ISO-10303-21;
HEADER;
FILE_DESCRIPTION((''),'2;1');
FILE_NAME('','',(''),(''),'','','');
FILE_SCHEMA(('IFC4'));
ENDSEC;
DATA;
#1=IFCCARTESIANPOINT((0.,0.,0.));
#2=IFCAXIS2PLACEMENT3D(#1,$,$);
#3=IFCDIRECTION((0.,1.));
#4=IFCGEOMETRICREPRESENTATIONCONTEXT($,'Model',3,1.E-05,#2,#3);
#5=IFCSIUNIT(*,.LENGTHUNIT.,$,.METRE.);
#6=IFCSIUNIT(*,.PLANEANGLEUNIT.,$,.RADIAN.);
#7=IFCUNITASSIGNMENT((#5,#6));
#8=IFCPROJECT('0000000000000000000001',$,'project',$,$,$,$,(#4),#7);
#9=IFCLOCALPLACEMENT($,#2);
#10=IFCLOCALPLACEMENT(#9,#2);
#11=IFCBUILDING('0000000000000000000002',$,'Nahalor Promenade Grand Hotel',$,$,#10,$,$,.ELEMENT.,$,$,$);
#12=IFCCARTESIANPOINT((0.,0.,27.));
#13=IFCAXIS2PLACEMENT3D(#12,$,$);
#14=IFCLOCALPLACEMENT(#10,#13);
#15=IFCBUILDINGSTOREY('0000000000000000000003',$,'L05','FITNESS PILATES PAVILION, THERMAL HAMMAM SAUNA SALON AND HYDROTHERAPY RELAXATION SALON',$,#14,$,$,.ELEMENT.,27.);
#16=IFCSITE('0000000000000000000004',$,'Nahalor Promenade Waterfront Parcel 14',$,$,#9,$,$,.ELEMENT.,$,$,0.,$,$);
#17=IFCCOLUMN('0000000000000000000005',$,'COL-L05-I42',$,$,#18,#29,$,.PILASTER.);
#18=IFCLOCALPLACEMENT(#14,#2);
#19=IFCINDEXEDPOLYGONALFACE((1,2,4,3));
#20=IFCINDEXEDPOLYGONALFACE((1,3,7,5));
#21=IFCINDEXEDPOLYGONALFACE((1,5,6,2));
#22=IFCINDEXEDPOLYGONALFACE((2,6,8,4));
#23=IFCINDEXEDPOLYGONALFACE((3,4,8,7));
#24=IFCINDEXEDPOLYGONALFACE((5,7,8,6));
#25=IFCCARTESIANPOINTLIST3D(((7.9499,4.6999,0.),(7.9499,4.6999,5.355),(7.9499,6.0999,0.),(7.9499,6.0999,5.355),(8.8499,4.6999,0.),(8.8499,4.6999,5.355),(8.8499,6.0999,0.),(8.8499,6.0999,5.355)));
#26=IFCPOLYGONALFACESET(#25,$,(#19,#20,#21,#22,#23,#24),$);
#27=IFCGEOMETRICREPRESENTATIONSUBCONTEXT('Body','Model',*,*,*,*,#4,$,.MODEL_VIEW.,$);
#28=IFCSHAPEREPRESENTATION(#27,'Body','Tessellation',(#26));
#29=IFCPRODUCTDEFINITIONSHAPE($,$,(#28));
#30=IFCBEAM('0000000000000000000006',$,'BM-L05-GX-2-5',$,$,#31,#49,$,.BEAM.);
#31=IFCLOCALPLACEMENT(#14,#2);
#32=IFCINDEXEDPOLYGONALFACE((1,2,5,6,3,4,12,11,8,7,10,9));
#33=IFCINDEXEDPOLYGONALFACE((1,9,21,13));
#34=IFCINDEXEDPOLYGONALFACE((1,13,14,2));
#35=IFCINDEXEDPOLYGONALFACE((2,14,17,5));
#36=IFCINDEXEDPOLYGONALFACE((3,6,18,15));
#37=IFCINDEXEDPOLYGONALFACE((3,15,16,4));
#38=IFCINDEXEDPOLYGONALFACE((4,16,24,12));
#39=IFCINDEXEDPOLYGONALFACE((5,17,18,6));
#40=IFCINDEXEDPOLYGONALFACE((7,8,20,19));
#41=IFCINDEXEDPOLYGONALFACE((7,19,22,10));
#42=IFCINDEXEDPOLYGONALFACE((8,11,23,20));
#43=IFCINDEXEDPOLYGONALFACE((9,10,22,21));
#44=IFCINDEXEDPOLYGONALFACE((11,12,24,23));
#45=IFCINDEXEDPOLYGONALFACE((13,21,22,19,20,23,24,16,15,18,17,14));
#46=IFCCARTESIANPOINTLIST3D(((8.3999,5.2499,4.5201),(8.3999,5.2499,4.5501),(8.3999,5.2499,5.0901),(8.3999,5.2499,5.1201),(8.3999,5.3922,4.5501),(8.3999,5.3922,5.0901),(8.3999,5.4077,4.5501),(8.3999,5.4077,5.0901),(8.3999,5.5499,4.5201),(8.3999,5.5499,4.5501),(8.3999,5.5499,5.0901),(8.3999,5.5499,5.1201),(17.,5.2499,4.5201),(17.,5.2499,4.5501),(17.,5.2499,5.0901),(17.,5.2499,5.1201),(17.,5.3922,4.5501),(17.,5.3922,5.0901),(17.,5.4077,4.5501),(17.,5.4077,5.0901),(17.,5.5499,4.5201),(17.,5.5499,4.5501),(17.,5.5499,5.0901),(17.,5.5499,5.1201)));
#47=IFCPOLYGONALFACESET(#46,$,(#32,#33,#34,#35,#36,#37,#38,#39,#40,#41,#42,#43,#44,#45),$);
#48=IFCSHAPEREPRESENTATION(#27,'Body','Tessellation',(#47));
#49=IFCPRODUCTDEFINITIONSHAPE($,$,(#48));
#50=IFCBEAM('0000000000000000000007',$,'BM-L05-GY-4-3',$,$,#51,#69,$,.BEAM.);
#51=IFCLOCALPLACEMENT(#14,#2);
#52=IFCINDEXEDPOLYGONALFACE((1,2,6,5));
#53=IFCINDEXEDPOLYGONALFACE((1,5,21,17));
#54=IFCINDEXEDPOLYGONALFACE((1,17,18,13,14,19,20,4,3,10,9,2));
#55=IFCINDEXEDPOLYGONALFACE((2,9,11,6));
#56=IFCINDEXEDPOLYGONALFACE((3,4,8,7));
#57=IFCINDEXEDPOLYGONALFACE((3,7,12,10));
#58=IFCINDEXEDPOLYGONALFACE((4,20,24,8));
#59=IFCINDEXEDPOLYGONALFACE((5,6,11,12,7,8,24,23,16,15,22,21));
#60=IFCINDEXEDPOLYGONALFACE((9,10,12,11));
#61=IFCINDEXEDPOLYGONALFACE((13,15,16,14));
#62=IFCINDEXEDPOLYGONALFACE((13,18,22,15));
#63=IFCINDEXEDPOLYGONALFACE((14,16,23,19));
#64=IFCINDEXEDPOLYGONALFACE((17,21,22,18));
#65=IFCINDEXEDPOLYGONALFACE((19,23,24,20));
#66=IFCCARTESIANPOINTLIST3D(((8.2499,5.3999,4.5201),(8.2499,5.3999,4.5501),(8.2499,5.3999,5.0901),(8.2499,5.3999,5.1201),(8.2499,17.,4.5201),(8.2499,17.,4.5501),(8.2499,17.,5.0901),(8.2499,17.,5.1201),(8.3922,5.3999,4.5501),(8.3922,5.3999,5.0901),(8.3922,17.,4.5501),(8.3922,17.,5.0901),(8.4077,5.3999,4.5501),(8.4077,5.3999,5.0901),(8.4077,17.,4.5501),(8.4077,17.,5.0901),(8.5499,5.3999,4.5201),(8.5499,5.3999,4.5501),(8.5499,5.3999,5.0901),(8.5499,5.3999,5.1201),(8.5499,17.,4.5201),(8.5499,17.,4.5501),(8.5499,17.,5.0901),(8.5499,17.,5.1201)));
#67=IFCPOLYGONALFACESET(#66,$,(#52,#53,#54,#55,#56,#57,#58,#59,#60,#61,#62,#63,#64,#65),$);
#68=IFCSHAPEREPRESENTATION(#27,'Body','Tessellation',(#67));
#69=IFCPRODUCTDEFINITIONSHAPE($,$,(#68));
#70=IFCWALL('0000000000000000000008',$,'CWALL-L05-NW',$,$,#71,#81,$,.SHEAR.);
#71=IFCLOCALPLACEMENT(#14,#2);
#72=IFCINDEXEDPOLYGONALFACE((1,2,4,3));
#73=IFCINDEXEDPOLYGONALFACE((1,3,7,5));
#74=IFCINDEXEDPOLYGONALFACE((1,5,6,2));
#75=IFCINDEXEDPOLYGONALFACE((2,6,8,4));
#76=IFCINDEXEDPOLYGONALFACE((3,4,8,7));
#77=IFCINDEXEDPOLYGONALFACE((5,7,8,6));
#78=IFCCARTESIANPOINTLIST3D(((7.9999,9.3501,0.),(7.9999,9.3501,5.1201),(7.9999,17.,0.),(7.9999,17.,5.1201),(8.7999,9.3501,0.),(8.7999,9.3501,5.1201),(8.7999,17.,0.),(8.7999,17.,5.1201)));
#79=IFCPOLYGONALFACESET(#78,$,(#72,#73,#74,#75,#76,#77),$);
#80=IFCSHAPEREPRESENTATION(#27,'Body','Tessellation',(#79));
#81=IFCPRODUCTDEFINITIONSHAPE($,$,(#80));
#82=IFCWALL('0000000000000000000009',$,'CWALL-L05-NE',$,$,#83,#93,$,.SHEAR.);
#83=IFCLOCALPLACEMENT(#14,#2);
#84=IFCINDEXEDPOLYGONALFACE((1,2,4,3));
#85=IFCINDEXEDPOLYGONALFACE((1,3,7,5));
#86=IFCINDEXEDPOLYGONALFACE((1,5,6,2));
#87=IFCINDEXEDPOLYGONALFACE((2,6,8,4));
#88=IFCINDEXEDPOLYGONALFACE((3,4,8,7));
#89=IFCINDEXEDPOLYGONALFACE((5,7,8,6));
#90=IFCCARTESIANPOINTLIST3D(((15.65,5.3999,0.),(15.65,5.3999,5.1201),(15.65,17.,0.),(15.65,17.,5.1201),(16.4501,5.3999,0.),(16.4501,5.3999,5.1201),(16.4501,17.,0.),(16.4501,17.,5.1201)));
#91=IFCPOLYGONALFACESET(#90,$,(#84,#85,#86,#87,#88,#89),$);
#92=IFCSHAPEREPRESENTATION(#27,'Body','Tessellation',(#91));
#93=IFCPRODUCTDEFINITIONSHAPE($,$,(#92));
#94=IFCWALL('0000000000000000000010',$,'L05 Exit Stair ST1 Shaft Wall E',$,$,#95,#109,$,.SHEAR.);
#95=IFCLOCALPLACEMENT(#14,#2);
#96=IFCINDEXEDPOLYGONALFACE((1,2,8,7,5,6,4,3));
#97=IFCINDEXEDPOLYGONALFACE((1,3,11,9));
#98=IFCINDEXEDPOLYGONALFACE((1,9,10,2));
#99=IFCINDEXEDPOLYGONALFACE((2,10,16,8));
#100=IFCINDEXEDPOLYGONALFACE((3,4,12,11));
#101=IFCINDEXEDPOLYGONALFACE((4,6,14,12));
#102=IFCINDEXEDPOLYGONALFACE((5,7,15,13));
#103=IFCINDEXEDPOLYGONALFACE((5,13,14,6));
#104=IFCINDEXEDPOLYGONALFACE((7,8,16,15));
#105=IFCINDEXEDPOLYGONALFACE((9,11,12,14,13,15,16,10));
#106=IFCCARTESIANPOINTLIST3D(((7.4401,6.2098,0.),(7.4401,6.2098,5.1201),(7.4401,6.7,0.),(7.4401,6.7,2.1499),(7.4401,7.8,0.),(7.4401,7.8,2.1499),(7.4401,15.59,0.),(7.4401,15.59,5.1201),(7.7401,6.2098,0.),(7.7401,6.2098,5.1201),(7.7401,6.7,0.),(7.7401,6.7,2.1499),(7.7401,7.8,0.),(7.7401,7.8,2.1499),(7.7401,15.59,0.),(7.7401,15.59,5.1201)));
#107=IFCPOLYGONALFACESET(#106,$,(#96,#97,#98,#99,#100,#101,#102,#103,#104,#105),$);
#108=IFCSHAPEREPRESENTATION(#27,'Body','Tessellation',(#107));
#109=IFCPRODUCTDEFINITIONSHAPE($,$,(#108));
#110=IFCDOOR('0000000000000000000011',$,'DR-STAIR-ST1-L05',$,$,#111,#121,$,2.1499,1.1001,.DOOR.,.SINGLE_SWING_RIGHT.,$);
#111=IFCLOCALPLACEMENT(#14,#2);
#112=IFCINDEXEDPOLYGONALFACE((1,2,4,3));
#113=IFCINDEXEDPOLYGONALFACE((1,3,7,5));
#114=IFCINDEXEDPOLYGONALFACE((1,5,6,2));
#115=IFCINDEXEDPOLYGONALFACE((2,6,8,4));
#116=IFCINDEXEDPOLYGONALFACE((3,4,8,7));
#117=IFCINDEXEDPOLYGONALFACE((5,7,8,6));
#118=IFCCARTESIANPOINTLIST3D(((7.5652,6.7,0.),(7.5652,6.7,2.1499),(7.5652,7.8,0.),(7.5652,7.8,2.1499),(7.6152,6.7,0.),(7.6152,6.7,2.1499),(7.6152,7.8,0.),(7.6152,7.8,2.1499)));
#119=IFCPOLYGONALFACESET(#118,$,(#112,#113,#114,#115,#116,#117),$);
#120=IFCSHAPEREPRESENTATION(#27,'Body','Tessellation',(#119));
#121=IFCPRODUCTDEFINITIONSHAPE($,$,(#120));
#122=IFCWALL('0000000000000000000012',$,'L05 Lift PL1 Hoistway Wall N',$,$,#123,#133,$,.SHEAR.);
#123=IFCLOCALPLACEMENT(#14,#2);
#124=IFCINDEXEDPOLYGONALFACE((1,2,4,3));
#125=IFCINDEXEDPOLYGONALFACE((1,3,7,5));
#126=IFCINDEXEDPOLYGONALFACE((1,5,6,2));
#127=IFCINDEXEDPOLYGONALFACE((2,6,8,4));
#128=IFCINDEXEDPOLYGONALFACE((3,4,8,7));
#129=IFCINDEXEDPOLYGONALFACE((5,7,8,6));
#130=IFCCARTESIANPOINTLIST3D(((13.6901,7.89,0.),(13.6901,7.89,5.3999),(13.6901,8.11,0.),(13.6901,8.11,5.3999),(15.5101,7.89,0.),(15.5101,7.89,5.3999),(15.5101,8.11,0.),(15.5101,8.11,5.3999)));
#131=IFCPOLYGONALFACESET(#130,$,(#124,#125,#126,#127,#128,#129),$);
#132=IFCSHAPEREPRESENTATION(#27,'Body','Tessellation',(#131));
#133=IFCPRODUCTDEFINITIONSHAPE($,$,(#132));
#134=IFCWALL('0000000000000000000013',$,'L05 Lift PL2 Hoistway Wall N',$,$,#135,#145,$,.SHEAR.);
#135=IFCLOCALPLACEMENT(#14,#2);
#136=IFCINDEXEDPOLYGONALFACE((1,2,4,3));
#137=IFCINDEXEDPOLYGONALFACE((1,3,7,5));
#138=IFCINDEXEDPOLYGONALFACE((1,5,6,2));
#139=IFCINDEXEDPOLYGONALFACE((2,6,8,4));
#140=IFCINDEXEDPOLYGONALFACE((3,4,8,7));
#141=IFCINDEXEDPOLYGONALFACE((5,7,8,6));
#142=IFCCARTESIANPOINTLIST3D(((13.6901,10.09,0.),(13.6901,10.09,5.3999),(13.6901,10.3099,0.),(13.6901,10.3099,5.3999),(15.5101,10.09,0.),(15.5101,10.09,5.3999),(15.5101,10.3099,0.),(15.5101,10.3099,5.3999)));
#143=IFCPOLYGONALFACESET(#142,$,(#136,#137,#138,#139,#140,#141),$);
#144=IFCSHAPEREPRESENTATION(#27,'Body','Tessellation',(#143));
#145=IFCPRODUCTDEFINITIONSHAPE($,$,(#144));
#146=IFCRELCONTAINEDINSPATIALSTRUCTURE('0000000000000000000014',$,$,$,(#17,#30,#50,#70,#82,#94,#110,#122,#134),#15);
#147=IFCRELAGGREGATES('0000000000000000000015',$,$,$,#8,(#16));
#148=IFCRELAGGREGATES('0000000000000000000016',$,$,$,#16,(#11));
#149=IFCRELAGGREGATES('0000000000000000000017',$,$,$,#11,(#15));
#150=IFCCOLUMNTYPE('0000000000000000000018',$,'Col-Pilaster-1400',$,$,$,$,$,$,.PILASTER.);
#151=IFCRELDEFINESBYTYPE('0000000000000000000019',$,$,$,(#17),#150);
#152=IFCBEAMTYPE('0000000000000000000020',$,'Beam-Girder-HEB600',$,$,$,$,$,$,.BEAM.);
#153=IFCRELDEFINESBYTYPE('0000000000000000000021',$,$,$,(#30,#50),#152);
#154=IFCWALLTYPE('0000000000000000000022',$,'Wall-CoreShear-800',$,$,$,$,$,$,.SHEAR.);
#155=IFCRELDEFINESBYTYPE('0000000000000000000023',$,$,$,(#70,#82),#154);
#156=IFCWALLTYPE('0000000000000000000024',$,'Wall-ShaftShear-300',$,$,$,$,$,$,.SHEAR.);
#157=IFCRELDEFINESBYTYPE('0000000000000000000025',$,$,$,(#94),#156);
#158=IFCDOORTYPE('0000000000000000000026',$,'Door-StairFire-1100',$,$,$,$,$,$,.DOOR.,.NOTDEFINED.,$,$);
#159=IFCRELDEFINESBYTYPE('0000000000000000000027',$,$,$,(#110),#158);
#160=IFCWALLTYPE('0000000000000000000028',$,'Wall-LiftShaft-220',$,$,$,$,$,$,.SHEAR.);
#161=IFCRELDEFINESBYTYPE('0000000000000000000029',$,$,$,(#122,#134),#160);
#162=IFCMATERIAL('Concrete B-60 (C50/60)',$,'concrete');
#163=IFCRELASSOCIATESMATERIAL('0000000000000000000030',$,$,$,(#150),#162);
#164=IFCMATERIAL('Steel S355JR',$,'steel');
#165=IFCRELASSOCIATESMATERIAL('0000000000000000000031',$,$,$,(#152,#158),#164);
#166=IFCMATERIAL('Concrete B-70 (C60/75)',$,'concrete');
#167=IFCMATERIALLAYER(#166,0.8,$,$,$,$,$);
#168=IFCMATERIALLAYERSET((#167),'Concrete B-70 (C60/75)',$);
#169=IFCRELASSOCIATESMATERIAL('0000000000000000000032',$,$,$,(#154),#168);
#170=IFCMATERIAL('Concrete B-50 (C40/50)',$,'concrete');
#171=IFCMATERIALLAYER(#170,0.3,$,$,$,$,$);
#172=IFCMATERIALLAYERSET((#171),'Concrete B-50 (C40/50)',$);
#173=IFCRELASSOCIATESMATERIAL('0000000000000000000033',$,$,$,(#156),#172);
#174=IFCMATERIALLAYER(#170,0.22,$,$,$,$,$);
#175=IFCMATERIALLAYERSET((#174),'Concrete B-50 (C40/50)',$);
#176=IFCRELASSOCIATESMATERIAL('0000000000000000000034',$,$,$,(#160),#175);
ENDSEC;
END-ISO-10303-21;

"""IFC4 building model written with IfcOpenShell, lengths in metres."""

from ifc_helpers import new_model, si_unit, direction, frame, frame_2d, origin, origin_2d, place, context, subcontext, project, spatial, rectangle, i_section, extrude, source, transform, mapped, material, layer, layer_set, material_profile, profile_set, type_object, element, fill, save


model = new_model("IFC4")

# Units and contexts
model_context = context("Model", 3, precision=1e-05, world=origin(), true_north=direction((0.0, 1.0)))
body_context = subcontext(model_context, "Body", "Model", "MODEL_VIEW")
ifc_project = project(units=[si_unit("LENGTHUNIT", "METRE"), si_unit("PLANEANGLEUNIT", "RADIAN")], contexts=[model_context])

# Site, building, storey
site_placement = place(None, origin())
site = spatial("IfcSite", under=ifc_project, at=site_placement, Name="Nahalor Promenade Waterfront Parcel 14", CompositionType="ELEMENT", RefElevation=0.0)
building_placement = place(site_placement, origin())
building = spatial("IfcBuilding", under=site, at=building_placement, Name="Nahalor Promenade Grand Hotel", CompositionType="ELEMENT")
storey_placement = place(building_placement, frame((0.0, 0.0, 27.0)))
storey = spatial("IfcBuildingStorey", under=building, at=storey_placement, Name="L05", Description="FITNESS PILATES PAVILION, THERMAL HAMMAM SAUNA SALON AND HYDROTHERAPY RELAXATION SALON", CompositionType="ELEMENT", Elevation=27.0)

# Column
ifc_material_1 = material(Name="Concrete B-60 (C50/60)", Category="concrete")
ifc_material_profile_1 = material_profile(ifc_material_1, rectangle(XDim=0.9, YDim=1.4, at=origin_2d()), Name="RC 900x1400")
ifc_profile_set_1 = profile_set([ifc_material_profile_1], Name="Concrete B-60 (C50/60)")
column_type = type_object("IfcColumnType", Name="Col-Pilaster-1400", PredefinedType="PILASTER", material=ifc_profile_set_1)
shared_shape_1 = source(origin(), body_context, "Body", "SweptSolid", [
    extrude(rectangle(XDim=0.9, YDim=1.4, at=origin_2d()), origin(), (0.0, 0.0, 1.0), 5.355),
])
column_placement = place(storey_placement, frame((8.3999, 5.3999, 0.0), z_axis=(0.0, 0.0, 1.0), x_axis=(1.0, 0.0, 0.0)))
element("IfcColumn", 1, at=column_placement, inside=storey, type_object=column_type, Name="COL-L05-I42", PredefinedType="PILASTER", context=body_context, shape_type="MappedRepresentation", body=[
    mapped(shared_shape_1, transform((0.0, 0.0, 0.0), scale=1.0)),
])

# Beams
ifc_material_2 = material(Name="Steel S355JR", Category="steel")
ifc_material_profile_2 = material_profile(ifc_material_2, i_section(OverallWidth=0.3, OverallDepth=0.6, WebThickness=0.0155, FlangeThickness=0.03, at=origin_2d()), Name="HEB 600")
ifc_profile_set_2 = profile_set([ifc_material_profile_2], Name="Steel S355JR")
beam_type = type_object("IfcBeamType", Name="Beam-Girder-HEB600", PredefinedType="BEAM", material=ifc_profile_set_2)
shared_shape_2 = source(origin(), body_context, "Body", "SweptSolid", [
    extrude(i_section(OverallWidth=0.3, OverallDepth=0.6, WebThickness=0.0155, FlangeThickness=0.03, at=origin_2d()), origin(), (0.0, 0.0, 1.0), 8.6001),
])
beam_1_placement = place(storey_placement, frame((8.3999, 5.3999, 4.8201), z_axis=(1.0, 0.0, 0.0), x_axis=(0.0, 1.0, 0.0)))
element("IfcBeam", 2, at=beam_1_placement, inside=storey, type_object=beam_type, Name="BM-L05-GX-2-5", PredefinedType="BEAM", context=body_context, shape_type="MappedRepresentation", body=[
    mapped(shared_shape_2, transform((0.0, 0.0, 0.0), scale=1.0)),
])
shared_shape_3 = source(origin(), body_context, "Body", "SweptSolid", [
    extrude(i_section(OverallWidth=0.3, OverallDepth=0.6, WebThickness=0.0155, FlangeThickness=0.03, at=origin_2d()), origin(), (0.0, 0.0, 1.0), 11.6001),
])
beam_2_placement = place(storey_placement, frame((8.3999, 5.3999, 4.8201), z_axis=(0.0, 1.0, 0.0), x_axis=(-1.0, 0.0, 0.0)))
element("IfcBeam", 3, at=beam_2_placement, inside=storey, type_object=beam_type, Name="BM-L05-GY-4-3", PredefinedType="BEAM", context=body_context, shape_type="MappedRepresentation", body=[
    mapped(shared_shape_3, transform((0.0, 0.0, 0.0), scale=1.0)),
])

# Walls
ifc_material_3 = material(Name="Concrete B-70 (C60/75)", Category="concrete")
ifc_layer_1 = layer(ifc_material_3, 0.8)
ifc_layer_set_1 = layer_set([ifc_layer_1], Name="Concrete B-70 (C60/75)")
wall_type_1 = type_object("IfcWallType", Name="Wall-CoreShear-800", PredefinedType="SHEAR", material=ifc_layer_set_1)
shared_shape_4 = source(origin(), body_context, "Body", "SweptSolid", [
    extrude(rectangle(XDim=7.6499, YDim=0.8, at=frame_2d((3.825, 0.0))), origin(), (0.0, 0.0, 1.0), 5.1201),
])
wall_1_placement = place(storey_placement, frame((8.3999, 9.3501, 0.0), z_axis=(0.0, 0.0, 1.0), x_axis=(0.0, 1.0, 0.0)))
element("IfcWall", 4, at=wall_1_placement, inside=storey, type_object=wall_type_1, Name="CWALL-L05-NW", PredefinedType="SHEAR", context=body_context, shape_type="MappedRepresentation", body=[
    mapped(shared_shape_4, transform((0.0, 0.0, 0.0), scale=1.0)),
])
shared_shape_5 = source(origin(), body_context, "Body", "SweptSolid", [
    extrude(rectangle(XDim=11.6001, YDim=0.8, at=frame_2d((5.8, 0.0))), origin(), (0.0, 0.0, 1.0), 5.1201),
])
wall_2_placement = place(storey_placement, frame((16.05, 5.3999, 0.0), z_axis=(0.0, 0.0, 1.0), x_axis=(0.0, 1.0, 0.0)))
element("IfcWall", 5, at=wall_2_placement, inside=storey, type_object=wall_type_1, Name="CWALL-L05-NE", PredefinedType="SHEAR", context=body_context, shape_type="MappedRepresentation", body=[
    mapped(shared_shape_5, transform((0.0, 0.0, 0.0), scale=1.0)),
])

# Wall, opening, door
ifc_material_4 = material(Name="Concrete B-50 (C40/50)", Category="concrete")
ifc_layer_2 = layer(ifc_material_4, 0.3)
ifc_layer_set_2 = layer_set([ifc_layer_2], Name="Concrete B-50 (C40/50)")
wall_type_2 = type_object("IfcWallType", Name="Wall-ShaftShear-300", PredefinedType="SHEAR", material=ifc_layer_set_2)
shared_shape_6 = source(origin(), body_context, "Body", "SweptSolid", [
    extrude(rectangle(XDim=9.3801, YDim=0.3, at=frame_2d((4.6899, 0.0))), origin(), (0.0, 0.0, 1.0), 5.1201),
])
wall_3_placement = place(storey_placement, frame((7.5901, 6.21, 0.0), z_axis=(0.0, 0.0, 1.0), x_axis=(0.0, 1.0, 0.0)))
wall_3 = element("IfcWall", 6, at=wall_3_placement, inside=storey, type_object=wall_type_2, Name="L05 Exit Stair ST1 Shaft Wall E", PredefinedType="SHEAR", context=body_context, shape_type="MappedRepresentation", body=[
    mapped(shared_shape_6, transform((0.0, 0.0, 0.0), scale=1.0)),
])
opening_1_placement = place(wall_3_placement, frame((0.49, 0.0, 0.0)))
opening_1 = element("IfcOpeningElement", 7, at=opening_1_placement, cuts=wall_3, PredefinedType="OPENING", context=body_context, shape_type="SweptSolid", body=[
    extrude(rectangle(XDim=1.1001, YDim=2.1499, at=frame_2d((0.55, 1.075))), frame((0.0, 0.1599, 0.0), z_axis=(0.0, -1.0, 0.0), x_axis=(1.0, 0.0, 0.0)), (0.0, 0.0, 1.0), 0.3201),
])
door_type_1 = type_object("IfcDoorType", Name="Door-StairFire-1100", OperationType="NOTDEFINED", PredefinedType="DOOR", material=ifc_material_2)
shared_shape_7 = source(origin(), body_context, "Body", "SweptSolid", [
    extrude(rectangle(XDim=1.1001, YDim=2.1499, at=frame_2d((0.55, 1.075))), frame((0.0, 0.0249, 0.0), z_axis=(0.0, -1.0, 0.0), x_axis=(1.0, 0.0, 0.0)), (0.0, 0.0, 1.0), 0.05),
])
door_1_placement = place(opening_1_placement, origin())
door_1 = element("IfcDoor", 8, at=door_1_placement, inside=storey, type_object=door_type_1, Name="DR-STAIR-ST1-L05", OperationType="SINGLE_SWING_RIGHT", OverallHeight=2.1499, OverallWidth=1.1001, PredefinedType="DOOR", context=body_context, shape_type="MappedRepresentation", body=[
    mapped(shared_shape_7, transform((0.0, 0.0, 0.0), scale=1.0)),
])
fill(opening_1, door_1)

# Walls
ifc_layer_3 = layer(ifc_material_4, 0.22)
ifc_layer_set_3 = layer_set([ifc_layer_3], Name="Concrete B-50 (C40/50)")
wall_type_3 = type_object("IfcWallType", Name="Wall-LiftShaft-220", PredefinedType="SHEAR", material=ifc_layer_set_3)
shared_shape_8 = source(origin(), body_context, "Body", "SweptSolid", [
    extrude(rectangle(XDim=1.8201, YDim=0.22, at=frame_2d((0.9102, 0.0))), origin(), (0.0, 0.0, 1.0), 5.3999),
])
for number, where, z_axis, x_axis, name in (
    (9, (13.6899, 8.0, 0.0), (0.0, 0.0, 1.0), (1.0, 0.0, 0.0), "L05 Lift PL1 Hoistway Wall N"),
    (10, (13.6899, 10.2, 0.0), (0.0, 0.0, 1.0), (1.0, 0.0, 0.0), "L05 Lift PL2 Hoistway Wall N"),
):
    element("IfcWall", number, at=place(storey_placement, frame(where, z_axis=z_axis, x_axis=x_axis)), inside=storey, type_object=wall_type_3, Name=name, PredefinedType="SHEAR", context=body_context, shape_type="MappedRepresentation", body=[
        mapped(shared_shape_8, transform((0.0, 0.0, 0.0), scale=1.0)),
    ])

save(model, "model.ifc")
